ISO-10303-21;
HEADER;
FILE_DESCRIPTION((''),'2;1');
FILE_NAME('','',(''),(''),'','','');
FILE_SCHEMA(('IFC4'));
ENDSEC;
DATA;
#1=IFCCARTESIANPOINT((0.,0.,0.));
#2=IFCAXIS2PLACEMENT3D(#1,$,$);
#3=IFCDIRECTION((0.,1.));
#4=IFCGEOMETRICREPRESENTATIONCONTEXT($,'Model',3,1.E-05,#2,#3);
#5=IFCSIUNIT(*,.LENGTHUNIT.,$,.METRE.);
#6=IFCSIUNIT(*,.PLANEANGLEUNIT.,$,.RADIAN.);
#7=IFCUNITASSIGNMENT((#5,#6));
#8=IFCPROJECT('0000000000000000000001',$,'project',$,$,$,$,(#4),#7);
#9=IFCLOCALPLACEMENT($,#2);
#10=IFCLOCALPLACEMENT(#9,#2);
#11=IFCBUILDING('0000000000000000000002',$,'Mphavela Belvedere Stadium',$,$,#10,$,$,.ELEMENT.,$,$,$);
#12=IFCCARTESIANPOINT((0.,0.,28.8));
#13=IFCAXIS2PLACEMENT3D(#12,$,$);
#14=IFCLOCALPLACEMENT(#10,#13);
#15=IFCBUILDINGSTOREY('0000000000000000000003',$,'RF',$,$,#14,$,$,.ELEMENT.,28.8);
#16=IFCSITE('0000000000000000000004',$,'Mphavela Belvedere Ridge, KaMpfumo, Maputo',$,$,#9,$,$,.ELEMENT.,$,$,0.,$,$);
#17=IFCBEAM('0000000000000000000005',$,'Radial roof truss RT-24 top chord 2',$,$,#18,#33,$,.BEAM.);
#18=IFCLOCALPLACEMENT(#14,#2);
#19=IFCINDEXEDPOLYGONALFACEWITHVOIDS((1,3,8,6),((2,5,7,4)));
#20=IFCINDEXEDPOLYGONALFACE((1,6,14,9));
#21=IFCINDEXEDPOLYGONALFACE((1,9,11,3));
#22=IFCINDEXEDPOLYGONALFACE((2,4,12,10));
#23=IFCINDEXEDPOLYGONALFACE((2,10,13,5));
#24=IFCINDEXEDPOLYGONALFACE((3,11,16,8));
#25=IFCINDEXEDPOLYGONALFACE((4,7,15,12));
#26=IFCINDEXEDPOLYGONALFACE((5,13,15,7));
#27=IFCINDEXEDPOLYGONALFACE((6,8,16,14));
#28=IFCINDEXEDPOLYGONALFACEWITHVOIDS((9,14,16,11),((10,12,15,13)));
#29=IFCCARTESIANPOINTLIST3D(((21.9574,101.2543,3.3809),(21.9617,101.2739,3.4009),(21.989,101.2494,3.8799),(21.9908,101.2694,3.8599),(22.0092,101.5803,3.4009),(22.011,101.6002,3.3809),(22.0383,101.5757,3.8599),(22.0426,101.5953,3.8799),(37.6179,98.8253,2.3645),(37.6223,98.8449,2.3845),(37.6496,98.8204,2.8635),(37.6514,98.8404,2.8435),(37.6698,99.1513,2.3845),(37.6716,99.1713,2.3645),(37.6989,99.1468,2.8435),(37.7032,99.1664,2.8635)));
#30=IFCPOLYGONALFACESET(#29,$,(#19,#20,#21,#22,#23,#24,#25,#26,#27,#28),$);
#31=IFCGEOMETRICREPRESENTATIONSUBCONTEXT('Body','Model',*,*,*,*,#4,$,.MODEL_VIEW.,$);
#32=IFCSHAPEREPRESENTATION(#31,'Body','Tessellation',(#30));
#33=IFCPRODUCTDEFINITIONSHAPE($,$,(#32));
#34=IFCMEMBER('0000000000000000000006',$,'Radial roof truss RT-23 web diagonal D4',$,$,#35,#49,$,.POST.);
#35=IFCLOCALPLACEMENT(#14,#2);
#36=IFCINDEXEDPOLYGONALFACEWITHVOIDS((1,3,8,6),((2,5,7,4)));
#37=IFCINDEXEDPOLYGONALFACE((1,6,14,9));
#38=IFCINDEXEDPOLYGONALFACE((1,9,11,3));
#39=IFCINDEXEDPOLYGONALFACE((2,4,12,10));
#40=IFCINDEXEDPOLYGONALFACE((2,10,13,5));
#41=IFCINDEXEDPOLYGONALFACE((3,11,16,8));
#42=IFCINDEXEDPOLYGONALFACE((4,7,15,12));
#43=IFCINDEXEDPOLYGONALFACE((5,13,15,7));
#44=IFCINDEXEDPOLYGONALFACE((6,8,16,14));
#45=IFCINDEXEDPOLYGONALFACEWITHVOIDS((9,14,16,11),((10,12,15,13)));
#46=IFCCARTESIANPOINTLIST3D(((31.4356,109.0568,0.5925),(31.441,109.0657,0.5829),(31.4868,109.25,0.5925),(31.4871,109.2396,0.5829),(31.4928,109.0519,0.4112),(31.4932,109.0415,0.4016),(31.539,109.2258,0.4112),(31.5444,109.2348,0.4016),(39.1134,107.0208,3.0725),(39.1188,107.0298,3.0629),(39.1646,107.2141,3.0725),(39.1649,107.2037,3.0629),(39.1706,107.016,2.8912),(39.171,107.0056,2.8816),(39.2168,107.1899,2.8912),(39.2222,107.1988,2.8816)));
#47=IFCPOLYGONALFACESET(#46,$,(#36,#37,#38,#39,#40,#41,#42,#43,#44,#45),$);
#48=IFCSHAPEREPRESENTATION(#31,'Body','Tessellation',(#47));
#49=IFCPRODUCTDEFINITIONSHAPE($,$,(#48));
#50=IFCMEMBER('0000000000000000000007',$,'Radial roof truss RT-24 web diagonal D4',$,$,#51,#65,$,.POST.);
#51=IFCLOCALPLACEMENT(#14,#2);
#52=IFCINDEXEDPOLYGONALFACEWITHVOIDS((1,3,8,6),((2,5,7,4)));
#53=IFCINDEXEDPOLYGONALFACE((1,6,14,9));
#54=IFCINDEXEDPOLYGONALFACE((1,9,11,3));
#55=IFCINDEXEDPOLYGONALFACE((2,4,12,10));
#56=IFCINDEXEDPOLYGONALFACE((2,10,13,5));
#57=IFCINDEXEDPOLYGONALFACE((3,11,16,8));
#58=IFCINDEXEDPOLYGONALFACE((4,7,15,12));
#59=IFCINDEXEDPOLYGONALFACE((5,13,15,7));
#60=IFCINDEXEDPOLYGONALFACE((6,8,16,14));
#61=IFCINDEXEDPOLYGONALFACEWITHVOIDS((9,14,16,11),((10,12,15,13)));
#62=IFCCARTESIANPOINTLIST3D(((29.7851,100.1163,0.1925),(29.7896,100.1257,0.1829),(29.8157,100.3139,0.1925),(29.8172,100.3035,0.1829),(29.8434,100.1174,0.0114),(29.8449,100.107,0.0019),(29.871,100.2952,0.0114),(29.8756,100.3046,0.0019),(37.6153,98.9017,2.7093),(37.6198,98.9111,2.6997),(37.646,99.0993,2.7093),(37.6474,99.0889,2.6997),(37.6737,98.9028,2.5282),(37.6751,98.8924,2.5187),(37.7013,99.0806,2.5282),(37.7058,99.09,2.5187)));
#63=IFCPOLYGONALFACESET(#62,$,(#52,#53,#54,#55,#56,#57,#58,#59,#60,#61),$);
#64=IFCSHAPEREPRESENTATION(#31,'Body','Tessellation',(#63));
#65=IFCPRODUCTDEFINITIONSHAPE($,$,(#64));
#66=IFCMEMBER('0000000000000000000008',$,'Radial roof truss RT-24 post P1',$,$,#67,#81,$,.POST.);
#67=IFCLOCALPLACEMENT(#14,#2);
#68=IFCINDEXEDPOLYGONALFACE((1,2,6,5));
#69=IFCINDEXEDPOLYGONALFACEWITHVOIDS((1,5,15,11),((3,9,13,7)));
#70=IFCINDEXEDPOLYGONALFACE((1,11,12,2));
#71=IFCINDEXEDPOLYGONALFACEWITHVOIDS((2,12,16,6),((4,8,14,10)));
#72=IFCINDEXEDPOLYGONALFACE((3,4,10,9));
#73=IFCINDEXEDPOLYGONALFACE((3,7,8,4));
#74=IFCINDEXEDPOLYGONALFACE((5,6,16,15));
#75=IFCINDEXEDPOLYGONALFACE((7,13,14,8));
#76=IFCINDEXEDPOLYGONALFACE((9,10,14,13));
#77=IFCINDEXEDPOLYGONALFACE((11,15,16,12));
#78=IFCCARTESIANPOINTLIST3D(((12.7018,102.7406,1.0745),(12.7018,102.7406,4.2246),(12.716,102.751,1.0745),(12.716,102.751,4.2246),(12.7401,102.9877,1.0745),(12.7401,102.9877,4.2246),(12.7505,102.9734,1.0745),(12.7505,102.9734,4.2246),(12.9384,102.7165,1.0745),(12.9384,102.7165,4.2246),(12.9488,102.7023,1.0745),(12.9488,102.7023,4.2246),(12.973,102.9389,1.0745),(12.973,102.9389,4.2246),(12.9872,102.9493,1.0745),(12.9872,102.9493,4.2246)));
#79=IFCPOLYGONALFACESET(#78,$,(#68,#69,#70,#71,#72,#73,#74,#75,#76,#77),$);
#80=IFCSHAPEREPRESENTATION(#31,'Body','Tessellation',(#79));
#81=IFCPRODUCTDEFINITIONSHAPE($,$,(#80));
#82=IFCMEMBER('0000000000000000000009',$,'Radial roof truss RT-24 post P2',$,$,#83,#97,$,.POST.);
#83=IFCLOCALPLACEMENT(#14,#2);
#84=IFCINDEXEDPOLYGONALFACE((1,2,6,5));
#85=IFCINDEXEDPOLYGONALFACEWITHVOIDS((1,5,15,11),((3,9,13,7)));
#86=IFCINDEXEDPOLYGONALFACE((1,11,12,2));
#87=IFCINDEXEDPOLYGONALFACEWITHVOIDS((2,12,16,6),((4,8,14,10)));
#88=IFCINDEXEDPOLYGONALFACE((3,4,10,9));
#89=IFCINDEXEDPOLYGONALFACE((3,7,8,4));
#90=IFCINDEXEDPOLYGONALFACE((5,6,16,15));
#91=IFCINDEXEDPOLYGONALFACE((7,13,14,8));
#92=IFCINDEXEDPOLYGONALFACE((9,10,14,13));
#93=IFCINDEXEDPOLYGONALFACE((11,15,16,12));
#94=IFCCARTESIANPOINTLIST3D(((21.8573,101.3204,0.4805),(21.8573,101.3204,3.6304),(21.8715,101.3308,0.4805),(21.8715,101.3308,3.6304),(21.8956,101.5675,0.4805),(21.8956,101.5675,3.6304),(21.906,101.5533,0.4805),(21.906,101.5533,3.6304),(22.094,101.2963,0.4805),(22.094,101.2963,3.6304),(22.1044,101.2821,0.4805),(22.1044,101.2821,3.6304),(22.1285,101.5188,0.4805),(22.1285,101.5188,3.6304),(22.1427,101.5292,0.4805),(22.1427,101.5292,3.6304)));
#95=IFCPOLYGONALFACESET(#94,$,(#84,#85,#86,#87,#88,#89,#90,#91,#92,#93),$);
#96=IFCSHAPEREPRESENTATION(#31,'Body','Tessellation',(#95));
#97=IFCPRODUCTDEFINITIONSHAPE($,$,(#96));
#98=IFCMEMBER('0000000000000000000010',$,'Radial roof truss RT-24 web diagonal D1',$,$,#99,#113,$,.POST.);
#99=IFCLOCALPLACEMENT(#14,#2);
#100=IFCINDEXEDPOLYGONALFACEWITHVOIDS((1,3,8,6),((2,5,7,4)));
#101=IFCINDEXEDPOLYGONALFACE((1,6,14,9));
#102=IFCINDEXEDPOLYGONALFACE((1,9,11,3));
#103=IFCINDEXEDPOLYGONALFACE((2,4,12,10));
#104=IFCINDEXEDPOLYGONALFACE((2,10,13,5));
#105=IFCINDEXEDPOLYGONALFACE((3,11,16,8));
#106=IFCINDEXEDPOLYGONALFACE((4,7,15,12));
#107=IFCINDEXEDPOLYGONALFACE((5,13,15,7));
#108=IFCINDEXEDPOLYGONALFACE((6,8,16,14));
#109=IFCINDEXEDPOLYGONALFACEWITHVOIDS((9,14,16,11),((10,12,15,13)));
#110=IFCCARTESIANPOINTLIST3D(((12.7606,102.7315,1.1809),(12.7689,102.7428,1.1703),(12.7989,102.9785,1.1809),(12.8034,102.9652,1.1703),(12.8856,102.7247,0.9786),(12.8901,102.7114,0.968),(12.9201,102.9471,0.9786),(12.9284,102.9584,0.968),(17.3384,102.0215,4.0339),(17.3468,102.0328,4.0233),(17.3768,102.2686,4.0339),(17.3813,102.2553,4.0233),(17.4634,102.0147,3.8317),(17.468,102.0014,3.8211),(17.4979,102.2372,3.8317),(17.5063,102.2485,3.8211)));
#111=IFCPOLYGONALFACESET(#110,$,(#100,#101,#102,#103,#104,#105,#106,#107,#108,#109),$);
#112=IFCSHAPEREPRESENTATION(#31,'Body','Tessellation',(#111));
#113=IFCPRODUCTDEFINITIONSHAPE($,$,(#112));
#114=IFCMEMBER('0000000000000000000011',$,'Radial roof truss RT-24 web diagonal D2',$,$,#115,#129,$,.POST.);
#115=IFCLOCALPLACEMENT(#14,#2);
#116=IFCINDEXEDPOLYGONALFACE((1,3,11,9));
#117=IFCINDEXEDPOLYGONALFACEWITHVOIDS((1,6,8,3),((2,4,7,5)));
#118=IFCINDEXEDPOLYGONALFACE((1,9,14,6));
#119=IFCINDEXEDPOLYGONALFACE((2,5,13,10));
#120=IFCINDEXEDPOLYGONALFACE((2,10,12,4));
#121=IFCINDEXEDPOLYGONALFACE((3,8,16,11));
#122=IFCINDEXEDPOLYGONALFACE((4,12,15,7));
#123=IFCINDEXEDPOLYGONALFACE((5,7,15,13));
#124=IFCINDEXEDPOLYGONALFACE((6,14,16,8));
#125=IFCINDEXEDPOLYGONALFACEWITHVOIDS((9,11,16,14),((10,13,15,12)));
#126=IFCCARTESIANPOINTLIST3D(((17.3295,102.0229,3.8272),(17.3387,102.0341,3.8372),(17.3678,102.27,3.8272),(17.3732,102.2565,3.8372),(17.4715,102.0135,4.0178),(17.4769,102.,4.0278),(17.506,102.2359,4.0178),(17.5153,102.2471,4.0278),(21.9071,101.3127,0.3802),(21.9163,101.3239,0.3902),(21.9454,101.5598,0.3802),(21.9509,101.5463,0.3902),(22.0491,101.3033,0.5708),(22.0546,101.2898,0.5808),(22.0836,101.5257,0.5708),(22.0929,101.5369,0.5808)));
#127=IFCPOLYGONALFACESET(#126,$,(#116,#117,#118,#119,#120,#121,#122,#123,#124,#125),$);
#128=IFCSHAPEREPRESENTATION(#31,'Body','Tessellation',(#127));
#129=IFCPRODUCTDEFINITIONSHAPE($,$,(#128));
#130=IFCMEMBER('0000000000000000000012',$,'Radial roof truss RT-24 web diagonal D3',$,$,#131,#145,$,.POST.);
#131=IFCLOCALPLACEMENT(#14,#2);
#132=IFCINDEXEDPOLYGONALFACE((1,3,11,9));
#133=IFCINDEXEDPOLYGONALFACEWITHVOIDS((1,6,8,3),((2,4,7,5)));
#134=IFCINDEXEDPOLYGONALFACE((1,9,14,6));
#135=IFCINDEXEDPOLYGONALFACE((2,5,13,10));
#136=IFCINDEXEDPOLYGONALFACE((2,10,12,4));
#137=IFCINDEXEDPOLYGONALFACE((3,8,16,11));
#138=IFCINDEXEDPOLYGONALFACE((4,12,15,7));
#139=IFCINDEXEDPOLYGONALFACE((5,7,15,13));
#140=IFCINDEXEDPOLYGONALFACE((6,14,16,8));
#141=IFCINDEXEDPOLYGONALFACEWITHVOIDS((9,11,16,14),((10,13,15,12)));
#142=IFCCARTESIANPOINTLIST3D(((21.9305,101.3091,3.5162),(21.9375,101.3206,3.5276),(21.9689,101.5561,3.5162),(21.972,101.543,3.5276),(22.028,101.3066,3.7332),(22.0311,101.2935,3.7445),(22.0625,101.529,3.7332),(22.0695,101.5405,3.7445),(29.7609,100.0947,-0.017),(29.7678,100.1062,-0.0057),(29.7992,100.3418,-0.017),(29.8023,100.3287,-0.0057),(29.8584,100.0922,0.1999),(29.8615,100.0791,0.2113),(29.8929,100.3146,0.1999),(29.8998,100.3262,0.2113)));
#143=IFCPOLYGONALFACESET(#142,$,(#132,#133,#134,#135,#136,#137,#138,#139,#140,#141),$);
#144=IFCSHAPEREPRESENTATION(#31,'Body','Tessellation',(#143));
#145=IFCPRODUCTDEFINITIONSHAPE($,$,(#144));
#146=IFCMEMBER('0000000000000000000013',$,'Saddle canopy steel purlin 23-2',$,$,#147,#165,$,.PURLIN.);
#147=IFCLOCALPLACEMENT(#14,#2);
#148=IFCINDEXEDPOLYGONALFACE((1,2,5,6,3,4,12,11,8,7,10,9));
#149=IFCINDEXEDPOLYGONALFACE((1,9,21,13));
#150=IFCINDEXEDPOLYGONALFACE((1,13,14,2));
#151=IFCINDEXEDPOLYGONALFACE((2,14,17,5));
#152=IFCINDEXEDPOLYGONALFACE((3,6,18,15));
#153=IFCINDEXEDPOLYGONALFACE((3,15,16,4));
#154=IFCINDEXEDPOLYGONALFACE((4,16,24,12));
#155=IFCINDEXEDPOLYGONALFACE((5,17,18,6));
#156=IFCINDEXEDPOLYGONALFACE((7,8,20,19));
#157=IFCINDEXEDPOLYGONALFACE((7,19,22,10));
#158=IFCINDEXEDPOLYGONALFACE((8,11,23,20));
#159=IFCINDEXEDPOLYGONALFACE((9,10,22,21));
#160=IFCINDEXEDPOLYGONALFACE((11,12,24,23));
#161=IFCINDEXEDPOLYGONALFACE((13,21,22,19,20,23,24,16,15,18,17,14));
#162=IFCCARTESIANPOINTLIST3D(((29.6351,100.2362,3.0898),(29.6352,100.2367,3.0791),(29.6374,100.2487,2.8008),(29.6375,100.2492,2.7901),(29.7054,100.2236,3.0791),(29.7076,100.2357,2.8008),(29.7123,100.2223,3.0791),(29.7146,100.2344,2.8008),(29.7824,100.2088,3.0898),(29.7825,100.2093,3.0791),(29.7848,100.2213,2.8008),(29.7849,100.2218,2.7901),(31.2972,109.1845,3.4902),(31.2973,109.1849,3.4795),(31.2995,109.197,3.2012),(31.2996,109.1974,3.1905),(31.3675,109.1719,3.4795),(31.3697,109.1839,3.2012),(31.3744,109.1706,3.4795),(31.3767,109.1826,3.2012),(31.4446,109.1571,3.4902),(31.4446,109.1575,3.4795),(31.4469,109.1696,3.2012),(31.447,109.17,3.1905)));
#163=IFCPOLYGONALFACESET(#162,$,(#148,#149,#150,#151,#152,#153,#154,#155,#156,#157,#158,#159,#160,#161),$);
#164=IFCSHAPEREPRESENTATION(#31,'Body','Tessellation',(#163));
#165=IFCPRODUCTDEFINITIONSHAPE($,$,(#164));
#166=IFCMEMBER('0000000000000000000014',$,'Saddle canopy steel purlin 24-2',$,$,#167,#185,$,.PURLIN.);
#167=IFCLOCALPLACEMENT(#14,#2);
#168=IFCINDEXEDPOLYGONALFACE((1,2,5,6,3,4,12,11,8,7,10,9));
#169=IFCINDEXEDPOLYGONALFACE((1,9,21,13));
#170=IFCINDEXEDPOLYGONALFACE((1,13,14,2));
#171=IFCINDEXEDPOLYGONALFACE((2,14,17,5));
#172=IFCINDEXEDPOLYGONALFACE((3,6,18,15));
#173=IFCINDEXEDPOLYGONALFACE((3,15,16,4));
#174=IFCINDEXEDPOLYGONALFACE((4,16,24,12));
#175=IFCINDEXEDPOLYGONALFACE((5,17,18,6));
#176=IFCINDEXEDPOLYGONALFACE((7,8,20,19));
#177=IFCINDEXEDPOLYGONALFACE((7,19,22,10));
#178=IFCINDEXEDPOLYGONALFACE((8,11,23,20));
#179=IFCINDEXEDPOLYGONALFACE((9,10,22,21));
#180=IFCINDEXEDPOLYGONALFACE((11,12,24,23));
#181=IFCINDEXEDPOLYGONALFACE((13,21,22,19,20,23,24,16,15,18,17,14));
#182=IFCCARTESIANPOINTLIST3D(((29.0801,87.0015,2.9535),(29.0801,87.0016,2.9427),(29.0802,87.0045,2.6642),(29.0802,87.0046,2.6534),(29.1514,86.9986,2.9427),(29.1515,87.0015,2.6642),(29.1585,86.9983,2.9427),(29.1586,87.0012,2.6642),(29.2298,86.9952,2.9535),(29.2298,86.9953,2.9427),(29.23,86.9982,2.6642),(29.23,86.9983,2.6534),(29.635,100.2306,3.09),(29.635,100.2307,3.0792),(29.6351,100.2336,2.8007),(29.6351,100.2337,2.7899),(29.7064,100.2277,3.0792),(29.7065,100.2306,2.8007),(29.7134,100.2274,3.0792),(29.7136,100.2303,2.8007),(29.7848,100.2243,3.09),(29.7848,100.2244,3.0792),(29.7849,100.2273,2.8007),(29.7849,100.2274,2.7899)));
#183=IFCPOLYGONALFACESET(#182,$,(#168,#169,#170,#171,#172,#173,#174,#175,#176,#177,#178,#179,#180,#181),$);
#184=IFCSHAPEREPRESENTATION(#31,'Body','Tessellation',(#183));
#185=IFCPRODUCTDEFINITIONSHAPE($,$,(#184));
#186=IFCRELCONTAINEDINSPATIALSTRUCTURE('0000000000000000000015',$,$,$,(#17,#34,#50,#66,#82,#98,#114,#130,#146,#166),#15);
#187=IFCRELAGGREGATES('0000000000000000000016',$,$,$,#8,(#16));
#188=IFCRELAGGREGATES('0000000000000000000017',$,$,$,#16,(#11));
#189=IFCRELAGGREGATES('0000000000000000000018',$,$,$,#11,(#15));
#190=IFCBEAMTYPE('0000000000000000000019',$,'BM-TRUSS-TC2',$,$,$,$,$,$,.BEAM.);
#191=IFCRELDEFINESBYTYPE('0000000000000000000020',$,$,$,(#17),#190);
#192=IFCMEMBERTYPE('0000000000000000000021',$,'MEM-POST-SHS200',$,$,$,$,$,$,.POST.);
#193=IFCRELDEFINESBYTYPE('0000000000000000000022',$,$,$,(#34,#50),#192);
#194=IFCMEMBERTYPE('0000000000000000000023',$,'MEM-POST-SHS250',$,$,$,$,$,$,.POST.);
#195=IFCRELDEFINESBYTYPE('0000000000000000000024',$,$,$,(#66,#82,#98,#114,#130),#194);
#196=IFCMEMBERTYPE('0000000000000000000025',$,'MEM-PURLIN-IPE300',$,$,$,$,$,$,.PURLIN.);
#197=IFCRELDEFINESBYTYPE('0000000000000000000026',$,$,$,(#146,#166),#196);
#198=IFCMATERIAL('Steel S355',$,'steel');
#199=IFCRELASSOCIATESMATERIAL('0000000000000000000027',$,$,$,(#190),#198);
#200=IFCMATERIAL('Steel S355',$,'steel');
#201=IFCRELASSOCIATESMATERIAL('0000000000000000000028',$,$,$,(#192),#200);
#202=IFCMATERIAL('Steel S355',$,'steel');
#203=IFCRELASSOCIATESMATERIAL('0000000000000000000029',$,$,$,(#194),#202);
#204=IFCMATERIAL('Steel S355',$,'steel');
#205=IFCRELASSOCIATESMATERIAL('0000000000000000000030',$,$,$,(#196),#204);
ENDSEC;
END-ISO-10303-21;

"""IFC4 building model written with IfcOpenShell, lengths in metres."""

from ifc_helpers import new_model, si_unit, direction, frame, origin, origin_2d, place, context, subcontext, project, spatial, hollow_rectangle, i_section, extrude, material, material_profile, profile_set, type_object, element, save


model = new_model("IFC4")

# Units and contexts
model_context = context("Model", 3, precision=1e-05, world=origin(), true_north=direction((0.0, 1.0)))
body_context = subcontext(model_context, "Body", "Model", "MODEL_VIEW")
ifc_project = project(units=[si_unit("LENGTHUNIT", "METRE"), si_unit("PLANEANGLEUNIT", "RADIAN")], contexts=[model_context])

# Site, building, storey
site_placement = place(None, origin())
site = spatial("IfcSite", under=ifc_project, at=site_placement, Name="Mphavela Belvedere Ridge, KaMpfumo, Maputo", CompositionType="ELEMENT", RefElevation=0.0)
building_placement = place(site_placement, origin())
building = spatial("IfcBuilding", under=site, at=building_placement, Name="Mphavela Belvedere Stadium", CompositionType="ELEMENT")
storey_placement = place(building_placement, frame((0.0, 0.0, 28.8)))
storey = spatial("IfcBuildingStorey", under=building, at=storey_placement, Name="RF", CompositionType="ELEMENT", Elevation=28.8)

# Beam
ifc_material_1 = material(Name="Steel S355", Category="steel")
ifc_material_profile_1 = material_profile(ifc_material_1, hollow_rectangle(XDim=0.3501, YDim=0.5, WallThickness=0.02, at=origin_2d()), Name="RHS 500x350x20")
ifc_profile_set_1 = profile_set([ifc_material_profile_1], Name="Steel S355")
beam_type_1 = type_object("IfcBeamType", Name="BM-TRUSS-TC2", PredefinedType="BEAM", material=ifc_profile_set_1)
beam_1_placement = place(storey_placement, frame((22.0, 101.4248, 3.6304), z_axis=(0.986159, -0.152953, -0.064001), x_axis=(0.153267, 0.988185, 0.0)))
element("IfcBeam", 1, at=beam_1_placement, inside=storey, type_object=beam_type_1, Name="Radial roof truss RT-24 top chord 2", PredefinedType="BEAM", context=body_context, shape_type="SweptSolid", body=[
    extrude(hollow_rectangle(XDim=0.3501, YDim=0.5, WallThickness=0.02, at=origin_2d()), origin(), (0.0, 0.0, 1.0), 15.8804),
])

# Members
ifc_material_2 = material(Name="Steel S355", Category="steel")
ifc_material_profile_2 = material_profile(ifc_material_2, hollow_rectangle(XDim=0.2, YDim=0.2, WallThickness=0.01, at=origin_2d()), Name="SHS 200x200x10")
ifc_profile_set_2 = profile_set([ifc_material_profile_2], Name="Steel S355")
member_type_1 = type_object("IfcMemberType", Name="MEM-POST-SHS200", PredefinedType="POST", material=ifc_profile_set_2)
member_1_placement = place(storey_placement, frame((31.49, 109.1458, 0.4971), z_axis=(0.922669, -0.244662, 0.298031), x_axis=(0.25631, 0.966595, 0.0)))
element("IfcMember", 2, at=member_1_placement, inside=storey, type_object=member_type_1, Name="Radial roof truss RT-23 web diagonal D4", PredefinedType="POST", context=body_context, shape_type="SweptSolid", body=[
    extrude(hollow_rectangle(XDim=0.2, YDim=0.2, WallThickness=0.01, at=origin_2d()), origin(), (0.0, 0.0, 1.0), 8.3213),
])
member_2_placement = place(storey_placement, frame((29.8303, 100.2104, 0.0972), z_axis=(0.941816, -0.14609, 0.302721), x_axis=(0.153282, 0.988183, 0.0)))
element("IfcMember", 3, at=member_2_placement, inside=storey, type_object=member_type_1, Name="Radial roof truss RT-24 web diagonal D4", PredefinedType="POST", context=body_context, shape_type="SweptSolid", body=[
    extrude(hollow_rectangle(XDim=0.2, YDim=0.2, WallThickness=0.01, at=origin_2d()), origin(), (0.0, 0.0, 1.0), 8.314),
])
ifc_material_3 = material(Name="Steel S355", Category="steel")
ifc_material_profile_3 = material_profile(ifc_material_3, hollow_rectangle(XDim=0.25, YDim=0.25, WallThickness=0.0125, at=origin_2d()), Name="SHS 250x250x12.5")
ifc_profile_set_3 = profile_set([ifc_material_profile_3], Name="Steel S355")
member_type_2 = type_object("IfcMemberType", Name="MEM-POST-SHS250", PredefinedType="POST", material=ifc_profile_set_3)
member_3_placement = place(storey_placement, frame((12.8445, 102.845, 1.0745), z_axis=(0.0, 0.0, 1.0), x_axis=(-0.988175, 0.153331, 0.0)))
element("IfcMember", 4, at=member_3_placement, inside=storey, type_object=member_type_2, Name="Radial roof truss RT-24 post P1", PredefinedType="POST", context=body_context, shape_type="SweptSolid", body=[
    extrude(hollow_rectangle(XDim=0.25, YDim=0.25, WallThickness=0.0125, at=origin_2d()), origin(), (0.0, 0.0, 1.0), 3.1501),
])
member_4_placement = place(storey_placement, frame((22.0, 101.4248, 0.4805), z_axis=(0.0, 0.0, 1.0), x_axis=(-0.988175, 0.153331, 0.0)))
element("IfcMember", 5, at=member_4_placement, inside=storey, type_object=member_type_2, Name="Radial roof truss RT-24 post P2", PredefinedType="POST", context=body_context, shape_type="SweptSolid", body=[
    extrude(hollow_rectangle(XDim=0.25, YDim=0.25, WallThickness=0.0125, at=origin_2d()), origin(), (0.0, 0.0, 1.0), 3.1499),
])
member_5_placement = place(storey_placement, frame((12.8445, 102.845, 1.0745), z_axis=(0.84142, -0.130492, 0.52439), x_axis=(0.153253, 0.988187, 0.0)))
element("IfcMember", 6, at=member_5_placement, inside=storey, type_object=member_type_2, Name="Radial roof truss RT-24 web diagonal D1", PredefinedType="POST", context=body_context, shape_type="SweptSolid", body=[
    extrude(hollow_rectangle(XDim=0.25, YDim=0.25, WallThickness=0.0125, at=origin_2d()), origin(), (0.0, 0.0, 1.0), 5.4407),
])
member_6_placement = place(storey_placement, frame((17.4224, 102.135, 3.9275), z_axis=(0.792778, -0.122997, -0.596972), x_axis=(0.153312, 0.988178, 0.0)))
element("IfcMember", 7, at=member_6_placement, inside=storey, type_object=member_type_2, Name="Radial roof truss RT-24 web diagonal D2", PredefinedType="POST", context=body_context, shape_type="SweptSolid", body=[
    extrude(hollow_rectangle(XDim=0.25, YDim=0.25, WallThickness=0.0125, at=origin_2d()), origin(), (0.0, 0.0, 1.0), 5.7742),
])
member_7_placement = place(storey_placement, frame((22.0, 101.4248, 3.6304), z_axis=(0.902532, -0.139968, -0.407241), x_axis=(0.153252, 0.988187, 0.0)))
element("IfcMember", 8, at=member_7_placement, inside=storey, type_object=member_type_2, Name="Radial roof truss RT-24 web diagonal D3", PredefinedType="POST", context=body_context, shape_type="SweptSolid", body=[
    extrude(hollow_rectangle(XDim=0.25, YDim=0.25, WallThickness=0.0125, at=origin_2d()), origin(), (0.0, 0.0, 1.0), 8.676),
])
ifc_material_4 = material(Name="Steel S355", Category="steel")
ifc_material_profile_4 = material_profile(ifc_material_4, i_section(OverallWidth=0.1499, OverallDepth=0.3, WebThickness=0.0071, FlangeThickness=0.0107, at=origin_2d()), Name="IPE 300")
ifc_profile_set_4 = profile_set([ifc_material_profile_4], Name="Steel S355")
member_type_3 = type_object("IfcMemberType", Name="MEM-PURLIN-IPE300", PredefinedType="PURLIN", material=ifc_profile_set_4)
member_8_placement = place(storey_placement, frame((31.3721, 109.1772, 3.3403), z_axis=(-0.182447, -0.982233, -0.04395), x_axis=(0.983183, -0.182623, 0.0)))
element("IfcMember", 9, at=member_8_placement, inside=storey, type_object=member_type_3, Name="Saddle canopy steel purlin 23-2", PredefinedType="PURLIN", context=body_context, shape_type="SweptSolid", body=[
    extrude(i_section(OverallWidth=0.1499, OverallDepth=0.3, WebThickness=0.0071, FlangeThickness=0.0107, at=origin_2d()), origin(), (0.0, 0.0, 1.0), 9.1101),
])
member_9_placement = place(storey_placement, frame((29.71, 100.229, 2.9399), z_axis=(-0.041909, -0.999068, -0.010307), x_axis=(0.999121, -0.041911, 0.0)))
element("IfcMember", 10, at=member_9_placement, inside=storey, type_object=member_type_3, Name="Saddle canopy steel purlin 24-2", PredefinedType="PURLIN", context=body_context, shape_type="SweptSolid", body=[
    extrude(i_section(OverallWidth=0.1499, OverallDepth=0.3, WebThickness=0.0071, FlangeThickness=0.0107, at=origin_2d()), origin(), (0.0, 0.0, 1.0), 13.2415),
])

save(model, "model.ifc")
